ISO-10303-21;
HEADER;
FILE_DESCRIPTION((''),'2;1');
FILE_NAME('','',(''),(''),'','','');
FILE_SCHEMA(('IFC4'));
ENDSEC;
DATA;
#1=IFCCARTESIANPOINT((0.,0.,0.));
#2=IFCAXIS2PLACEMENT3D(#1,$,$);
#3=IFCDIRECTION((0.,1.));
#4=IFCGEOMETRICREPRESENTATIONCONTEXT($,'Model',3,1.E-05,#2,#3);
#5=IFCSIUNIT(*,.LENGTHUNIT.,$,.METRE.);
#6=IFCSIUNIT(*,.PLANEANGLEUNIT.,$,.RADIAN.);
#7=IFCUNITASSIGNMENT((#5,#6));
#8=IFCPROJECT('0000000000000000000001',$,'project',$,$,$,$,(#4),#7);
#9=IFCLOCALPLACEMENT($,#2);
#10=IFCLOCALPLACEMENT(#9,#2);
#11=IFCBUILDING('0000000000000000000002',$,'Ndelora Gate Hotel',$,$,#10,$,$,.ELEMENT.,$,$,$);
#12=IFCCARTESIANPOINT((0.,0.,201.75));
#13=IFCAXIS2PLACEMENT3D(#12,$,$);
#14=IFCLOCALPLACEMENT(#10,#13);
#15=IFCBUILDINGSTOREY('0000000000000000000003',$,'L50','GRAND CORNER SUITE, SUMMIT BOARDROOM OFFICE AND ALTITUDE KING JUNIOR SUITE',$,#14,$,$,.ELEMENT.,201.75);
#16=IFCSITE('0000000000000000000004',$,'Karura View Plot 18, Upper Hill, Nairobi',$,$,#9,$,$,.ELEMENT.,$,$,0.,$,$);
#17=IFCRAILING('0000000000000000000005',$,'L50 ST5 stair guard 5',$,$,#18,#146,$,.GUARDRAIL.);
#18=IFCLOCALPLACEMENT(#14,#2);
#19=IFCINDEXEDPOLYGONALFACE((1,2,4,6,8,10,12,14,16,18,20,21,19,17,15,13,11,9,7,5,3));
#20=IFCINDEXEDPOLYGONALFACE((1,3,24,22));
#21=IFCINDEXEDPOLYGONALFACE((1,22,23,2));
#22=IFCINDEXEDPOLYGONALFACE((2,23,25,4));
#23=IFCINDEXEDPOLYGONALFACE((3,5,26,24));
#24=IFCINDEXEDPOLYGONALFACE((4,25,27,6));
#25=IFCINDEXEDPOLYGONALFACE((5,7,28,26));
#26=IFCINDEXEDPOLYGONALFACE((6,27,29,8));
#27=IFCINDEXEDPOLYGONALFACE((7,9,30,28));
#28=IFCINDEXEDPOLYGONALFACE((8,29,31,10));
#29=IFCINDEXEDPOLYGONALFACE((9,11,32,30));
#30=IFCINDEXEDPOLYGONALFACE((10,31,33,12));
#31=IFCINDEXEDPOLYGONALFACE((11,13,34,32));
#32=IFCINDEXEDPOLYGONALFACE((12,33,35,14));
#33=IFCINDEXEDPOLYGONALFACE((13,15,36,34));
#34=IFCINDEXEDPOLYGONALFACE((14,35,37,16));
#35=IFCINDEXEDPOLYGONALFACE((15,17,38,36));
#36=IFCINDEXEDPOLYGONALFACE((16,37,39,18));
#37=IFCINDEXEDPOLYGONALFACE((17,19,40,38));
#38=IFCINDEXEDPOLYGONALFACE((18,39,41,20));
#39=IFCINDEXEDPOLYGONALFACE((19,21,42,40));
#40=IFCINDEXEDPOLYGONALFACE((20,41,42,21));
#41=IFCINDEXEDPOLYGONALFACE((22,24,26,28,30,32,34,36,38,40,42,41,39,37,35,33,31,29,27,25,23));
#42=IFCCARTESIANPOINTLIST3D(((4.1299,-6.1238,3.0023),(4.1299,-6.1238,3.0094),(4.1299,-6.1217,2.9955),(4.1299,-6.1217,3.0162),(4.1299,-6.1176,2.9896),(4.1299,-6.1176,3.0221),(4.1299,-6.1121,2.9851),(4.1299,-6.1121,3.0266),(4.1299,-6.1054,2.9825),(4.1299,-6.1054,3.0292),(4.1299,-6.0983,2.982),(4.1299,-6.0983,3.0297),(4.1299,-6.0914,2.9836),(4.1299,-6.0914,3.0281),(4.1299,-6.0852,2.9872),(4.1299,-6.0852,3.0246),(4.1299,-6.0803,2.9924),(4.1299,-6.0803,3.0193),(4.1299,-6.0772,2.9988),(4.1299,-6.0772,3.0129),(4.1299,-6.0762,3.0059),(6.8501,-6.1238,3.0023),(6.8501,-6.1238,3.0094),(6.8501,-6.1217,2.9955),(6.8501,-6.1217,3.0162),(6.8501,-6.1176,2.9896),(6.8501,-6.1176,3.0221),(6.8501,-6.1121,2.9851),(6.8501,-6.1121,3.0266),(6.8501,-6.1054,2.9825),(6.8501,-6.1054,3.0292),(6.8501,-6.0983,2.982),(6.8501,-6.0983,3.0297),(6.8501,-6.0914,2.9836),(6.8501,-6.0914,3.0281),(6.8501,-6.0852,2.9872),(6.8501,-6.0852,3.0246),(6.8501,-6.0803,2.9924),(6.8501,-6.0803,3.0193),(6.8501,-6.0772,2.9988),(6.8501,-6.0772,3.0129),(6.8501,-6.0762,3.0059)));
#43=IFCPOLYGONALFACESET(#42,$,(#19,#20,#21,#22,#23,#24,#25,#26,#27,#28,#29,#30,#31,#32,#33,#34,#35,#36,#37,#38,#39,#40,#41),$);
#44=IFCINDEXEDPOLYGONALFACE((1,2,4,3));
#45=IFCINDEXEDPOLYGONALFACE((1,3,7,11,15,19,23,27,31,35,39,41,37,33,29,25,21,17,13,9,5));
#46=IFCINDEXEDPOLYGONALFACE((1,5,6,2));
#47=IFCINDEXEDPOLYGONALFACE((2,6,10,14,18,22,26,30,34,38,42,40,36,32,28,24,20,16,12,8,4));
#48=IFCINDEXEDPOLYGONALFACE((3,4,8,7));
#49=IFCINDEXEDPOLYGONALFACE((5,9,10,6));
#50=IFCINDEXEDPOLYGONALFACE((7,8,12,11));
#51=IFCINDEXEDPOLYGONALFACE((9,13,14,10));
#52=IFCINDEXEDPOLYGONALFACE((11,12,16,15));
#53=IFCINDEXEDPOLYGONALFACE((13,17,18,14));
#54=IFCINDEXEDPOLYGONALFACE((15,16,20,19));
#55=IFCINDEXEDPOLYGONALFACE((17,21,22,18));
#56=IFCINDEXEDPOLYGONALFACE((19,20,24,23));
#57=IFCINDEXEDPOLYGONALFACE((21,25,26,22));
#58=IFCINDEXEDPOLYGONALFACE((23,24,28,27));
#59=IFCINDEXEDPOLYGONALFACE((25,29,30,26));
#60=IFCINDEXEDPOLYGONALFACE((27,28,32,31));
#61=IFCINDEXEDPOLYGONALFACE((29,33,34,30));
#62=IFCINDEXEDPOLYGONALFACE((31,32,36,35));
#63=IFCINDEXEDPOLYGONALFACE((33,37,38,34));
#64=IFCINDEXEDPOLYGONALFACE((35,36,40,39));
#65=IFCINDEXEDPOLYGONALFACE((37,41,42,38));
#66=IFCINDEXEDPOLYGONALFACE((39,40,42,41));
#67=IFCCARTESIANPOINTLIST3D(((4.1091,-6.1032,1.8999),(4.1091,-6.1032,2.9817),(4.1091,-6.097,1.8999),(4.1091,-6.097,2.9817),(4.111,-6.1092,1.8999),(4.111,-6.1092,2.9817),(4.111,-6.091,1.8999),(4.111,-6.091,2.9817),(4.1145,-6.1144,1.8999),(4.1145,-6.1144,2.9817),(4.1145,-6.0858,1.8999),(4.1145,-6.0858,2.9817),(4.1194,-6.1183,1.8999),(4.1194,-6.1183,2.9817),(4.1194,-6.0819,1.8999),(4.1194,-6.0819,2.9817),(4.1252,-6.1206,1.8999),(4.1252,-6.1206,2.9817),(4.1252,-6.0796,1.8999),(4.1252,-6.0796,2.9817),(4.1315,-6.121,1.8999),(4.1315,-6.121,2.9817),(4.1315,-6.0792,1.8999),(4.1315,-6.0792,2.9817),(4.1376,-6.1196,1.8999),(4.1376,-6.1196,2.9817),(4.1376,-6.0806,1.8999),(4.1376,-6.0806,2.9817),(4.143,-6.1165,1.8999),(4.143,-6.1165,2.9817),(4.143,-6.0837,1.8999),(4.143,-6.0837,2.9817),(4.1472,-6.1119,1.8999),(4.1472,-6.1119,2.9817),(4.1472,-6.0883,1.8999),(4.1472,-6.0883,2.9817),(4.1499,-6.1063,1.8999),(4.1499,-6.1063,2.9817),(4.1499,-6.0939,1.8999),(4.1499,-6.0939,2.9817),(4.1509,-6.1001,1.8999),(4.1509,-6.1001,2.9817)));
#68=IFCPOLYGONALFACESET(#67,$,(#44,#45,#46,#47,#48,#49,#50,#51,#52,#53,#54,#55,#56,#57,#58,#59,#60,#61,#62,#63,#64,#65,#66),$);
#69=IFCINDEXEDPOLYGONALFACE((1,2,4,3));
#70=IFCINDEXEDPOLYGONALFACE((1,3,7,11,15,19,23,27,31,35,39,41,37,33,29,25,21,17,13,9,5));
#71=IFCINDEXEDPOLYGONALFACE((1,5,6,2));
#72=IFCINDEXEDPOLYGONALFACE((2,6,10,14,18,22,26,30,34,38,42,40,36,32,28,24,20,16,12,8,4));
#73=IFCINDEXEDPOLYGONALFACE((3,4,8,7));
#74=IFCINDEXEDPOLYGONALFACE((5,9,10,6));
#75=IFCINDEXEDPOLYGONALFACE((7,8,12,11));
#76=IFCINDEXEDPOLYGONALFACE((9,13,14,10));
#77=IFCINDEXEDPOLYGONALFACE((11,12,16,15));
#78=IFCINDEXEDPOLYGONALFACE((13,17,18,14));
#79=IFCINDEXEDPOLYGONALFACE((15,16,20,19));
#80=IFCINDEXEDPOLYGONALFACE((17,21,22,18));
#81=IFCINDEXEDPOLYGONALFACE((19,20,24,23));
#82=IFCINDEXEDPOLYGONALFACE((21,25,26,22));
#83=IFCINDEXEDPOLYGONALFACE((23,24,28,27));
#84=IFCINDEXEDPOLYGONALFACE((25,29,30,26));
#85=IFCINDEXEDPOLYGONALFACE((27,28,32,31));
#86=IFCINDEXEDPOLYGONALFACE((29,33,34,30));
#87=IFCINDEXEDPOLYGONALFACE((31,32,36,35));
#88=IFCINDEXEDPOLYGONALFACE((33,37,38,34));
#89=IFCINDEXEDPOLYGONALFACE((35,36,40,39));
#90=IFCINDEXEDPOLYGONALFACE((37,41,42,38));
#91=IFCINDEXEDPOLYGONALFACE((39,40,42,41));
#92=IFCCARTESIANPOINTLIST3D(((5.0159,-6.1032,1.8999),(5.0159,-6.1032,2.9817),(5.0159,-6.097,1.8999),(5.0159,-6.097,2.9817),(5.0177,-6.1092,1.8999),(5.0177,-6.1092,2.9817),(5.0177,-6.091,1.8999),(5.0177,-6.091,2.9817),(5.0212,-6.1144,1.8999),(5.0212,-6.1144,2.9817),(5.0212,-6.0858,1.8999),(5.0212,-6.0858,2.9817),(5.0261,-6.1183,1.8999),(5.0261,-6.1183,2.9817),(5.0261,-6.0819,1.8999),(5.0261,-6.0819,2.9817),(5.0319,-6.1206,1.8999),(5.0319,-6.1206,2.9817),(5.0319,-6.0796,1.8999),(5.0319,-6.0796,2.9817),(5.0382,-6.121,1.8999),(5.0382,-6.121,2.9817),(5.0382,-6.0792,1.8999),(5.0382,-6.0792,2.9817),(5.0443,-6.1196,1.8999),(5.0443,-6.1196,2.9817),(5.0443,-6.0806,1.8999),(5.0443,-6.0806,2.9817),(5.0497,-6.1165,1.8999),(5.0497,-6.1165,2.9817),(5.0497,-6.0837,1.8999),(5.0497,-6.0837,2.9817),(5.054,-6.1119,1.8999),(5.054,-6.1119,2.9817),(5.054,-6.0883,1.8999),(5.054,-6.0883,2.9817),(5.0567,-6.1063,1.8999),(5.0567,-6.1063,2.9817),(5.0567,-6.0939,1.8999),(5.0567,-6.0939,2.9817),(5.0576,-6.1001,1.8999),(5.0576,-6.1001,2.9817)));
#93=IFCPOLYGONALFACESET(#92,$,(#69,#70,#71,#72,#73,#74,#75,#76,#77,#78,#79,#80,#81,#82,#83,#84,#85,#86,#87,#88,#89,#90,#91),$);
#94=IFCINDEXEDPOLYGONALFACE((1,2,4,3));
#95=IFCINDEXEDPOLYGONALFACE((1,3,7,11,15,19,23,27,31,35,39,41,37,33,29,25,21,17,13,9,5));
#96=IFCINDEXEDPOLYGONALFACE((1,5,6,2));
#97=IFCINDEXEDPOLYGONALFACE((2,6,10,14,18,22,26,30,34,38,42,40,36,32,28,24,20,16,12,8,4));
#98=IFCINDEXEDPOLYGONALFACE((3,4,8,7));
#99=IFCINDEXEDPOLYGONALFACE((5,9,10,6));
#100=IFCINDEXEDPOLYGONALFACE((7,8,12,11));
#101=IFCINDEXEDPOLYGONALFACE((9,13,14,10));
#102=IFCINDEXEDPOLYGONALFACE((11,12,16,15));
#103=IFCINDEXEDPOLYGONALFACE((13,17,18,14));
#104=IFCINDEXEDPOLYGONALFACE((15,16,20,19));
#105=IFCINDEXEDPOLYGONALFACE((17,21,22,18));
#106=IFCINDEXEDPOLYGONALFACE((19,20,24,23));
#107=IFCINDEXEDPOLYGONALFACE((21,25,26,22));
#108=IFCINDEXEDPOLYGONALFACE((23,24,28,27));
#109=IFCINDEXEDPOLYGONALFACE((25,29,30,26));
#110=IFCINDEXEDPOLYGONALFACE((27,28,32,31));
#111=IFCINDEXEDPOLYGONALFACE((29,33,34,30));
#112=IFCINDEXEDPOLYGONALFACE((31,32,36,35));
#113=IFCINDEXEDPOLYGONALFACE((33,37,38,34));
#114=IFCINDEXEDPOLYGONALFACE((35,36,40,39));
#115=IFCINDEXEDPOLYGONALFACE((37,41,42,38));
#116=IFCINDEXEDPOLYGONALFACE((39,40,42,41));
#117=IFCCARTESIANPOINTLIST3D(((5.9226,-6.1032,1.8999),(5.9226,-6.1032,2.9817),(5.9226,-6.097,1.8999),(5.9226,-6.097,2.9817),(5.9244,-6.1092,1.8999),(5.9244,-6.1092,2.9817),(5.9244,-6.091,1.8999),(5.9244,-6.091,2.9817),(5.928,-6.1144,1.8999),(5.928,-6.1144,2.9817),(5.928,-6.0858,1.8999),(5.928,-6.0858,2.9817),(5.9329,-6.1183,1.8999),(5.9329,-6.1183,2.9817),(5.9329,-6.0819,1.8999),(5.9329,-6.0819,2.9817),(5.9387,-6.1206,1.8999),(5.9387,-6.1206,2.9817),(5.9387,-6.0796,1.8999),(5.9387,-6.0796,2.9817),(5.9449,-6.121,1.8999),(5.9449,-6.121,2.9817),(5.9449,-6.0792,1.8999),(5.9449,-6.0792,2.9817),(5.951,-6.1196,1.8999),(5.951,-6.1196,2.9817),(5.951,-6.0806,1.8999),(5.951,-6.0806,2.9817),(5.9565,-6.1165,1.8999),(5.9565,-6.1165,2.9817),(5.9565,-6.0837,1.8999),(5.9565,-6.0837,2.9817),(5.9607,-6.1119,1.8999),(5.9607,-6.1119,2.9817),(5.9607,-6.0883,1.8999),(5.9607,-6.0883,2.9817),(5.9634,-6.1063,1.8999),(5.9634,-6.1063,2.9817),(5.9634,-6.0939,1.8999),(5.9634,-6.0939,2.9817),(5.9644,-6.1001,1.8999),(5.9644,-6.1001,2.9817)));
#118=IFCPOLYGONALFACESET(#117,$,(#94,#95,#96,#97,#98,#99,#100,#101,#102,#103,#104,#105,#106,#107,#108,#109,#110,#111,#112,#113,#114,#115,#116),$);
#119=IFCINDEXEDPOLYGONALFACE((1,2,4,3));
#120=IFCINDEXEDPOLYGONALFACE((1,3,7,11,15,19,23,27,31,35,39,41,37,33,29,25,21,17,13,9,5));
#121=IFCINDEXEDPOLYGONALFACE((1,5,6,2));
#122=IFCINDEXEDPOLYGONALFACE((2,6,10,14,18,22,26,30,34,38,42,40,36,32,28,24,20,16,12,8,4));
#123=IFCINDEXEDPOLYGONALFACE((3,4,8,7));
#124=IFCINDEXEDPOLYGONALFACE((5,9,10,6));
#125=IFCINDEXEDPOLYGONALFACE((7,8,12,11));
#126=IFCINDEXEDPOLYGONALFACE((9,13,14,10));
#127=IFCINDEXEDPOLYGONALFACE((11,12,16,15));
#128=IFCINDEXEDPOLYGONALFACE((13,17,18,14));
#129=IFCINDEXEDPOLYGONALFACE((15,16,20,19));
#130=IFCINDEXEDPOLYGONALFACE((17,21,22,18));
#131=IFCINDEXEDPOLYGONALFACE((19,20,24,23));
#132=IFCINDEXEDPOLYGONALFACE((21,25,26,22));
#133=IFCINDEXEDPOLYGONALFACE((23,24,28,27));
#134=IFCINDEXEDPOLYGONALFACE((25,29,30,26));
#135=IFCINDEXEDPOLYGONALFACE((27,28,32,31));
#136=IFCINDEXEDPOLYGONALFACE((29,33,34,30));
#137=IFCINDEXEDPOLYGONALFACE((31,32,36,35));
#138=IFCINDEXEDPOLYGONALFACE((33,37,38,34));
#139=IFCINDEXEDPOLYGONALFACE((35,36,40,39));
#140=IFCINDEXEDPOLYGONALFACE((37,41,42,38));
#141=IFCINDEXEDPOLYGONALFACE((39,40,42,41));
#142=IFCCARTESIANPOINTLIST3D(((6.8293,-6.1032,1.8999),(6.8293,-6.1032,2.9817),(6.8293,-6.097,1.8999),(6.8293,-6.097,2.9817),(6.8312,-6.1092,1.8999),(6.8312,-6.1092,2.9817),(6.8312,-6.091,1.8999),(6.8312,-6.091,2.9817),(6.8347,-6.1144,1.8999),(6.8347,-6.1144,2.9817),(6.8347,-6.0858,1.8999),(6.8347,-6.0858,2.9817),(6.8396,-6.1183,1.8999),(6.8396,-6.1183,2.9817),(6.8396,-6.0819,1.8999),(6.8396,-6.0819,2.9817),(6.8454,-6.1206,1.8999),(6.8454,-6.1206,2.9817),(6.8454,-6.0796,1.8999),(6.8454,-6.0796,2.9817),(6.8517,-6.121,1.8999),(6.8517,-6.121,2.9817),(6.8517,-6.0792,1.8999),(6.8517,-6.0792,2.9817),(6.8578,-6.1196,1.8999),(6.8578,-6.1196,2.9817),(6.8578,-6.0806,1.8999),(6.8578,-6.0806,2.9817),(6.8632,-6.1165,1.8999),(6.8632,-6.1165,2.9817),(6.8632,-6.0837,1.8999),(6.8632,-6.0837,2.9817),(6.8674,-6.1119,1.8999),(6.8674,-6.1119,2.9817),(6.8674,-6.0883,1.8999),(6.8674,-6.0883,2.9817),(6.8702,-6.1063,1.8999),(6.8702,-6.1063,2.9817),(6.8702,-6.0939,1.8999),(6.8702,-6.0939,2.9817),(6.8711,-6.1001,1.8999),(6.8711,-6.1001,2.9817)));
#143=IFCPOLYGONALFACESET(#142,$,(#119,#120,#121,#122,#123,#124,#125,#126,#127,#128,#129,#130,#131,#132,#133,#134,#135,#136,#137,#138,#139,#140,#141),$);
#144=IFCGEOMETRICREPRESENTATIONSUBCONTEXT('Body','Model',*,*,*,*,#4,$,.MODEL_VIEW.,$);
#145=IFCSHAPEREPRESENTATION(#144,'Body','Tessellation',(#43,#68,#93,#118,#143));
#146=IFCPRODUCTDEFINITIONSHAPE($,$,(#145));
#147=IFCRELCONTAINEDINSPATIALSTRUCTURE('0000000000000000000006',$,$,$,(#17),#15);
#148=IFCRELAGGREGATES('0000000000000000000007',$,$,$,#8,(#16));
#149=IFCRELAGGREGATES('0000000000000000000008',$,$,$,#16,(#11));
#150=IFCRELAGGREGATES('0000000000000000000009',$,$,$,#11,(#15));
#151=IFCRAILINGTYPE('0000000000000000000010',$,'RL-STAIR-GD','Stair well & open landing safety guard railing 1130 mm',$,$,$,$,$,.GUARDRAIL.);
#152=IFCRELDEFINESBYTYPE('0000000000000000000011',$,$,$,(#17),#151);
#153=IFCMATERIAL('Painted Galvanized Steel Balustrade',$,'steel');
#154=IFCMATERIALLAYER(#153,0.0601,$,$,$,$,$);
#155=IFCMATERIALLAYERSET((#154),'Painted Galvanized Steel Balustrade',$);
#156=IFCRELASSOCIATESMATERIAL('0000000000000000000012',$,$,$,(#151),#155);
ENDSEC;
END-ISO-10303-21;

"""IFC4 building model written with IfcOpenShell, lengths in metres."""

from ifc_helpers import new_model, si_unit, direction, frame, origin, origin_2d, place, context, subcontext, project, spatial, circle, extrude, material, layer, layer_set, type_object, element, save


model = new_model("IFC4")

# Units and contexts
model_context = context("Model", 3, precision=1e-05, world=origin(), true_north=direction((0.0, 1.0)))
body_context = subcontext(model_context, "Body", "Model", "MODEL_VIEW")
ifc_project = project(units=[si_unit("LENGTHUNIT", "METRE"), si_unit("PLANEANGLEUNIT", "RADIAN")], contexts=[model_context])

# Site, building, storey
site_placement = place(None, origin())
site = spatial("IfcSite", under=ifc_project, at=site_placement, Name="Karura View Plot 18, Upper Hill, Nairobi", CompositionType="ELEMENT", RefElevation=0.0)
building_placement = place(site_placement, origin())
building = spatial("IfcBuilding", under=site, at=building_placement, Name="Ndelora Gate Hotel", CompositionType="ELEMENT")
storey_placement = place(building_placement, frame((0.0, 0.0, 201.75)))
storey = spatial("IfcBuildingStorey", under=building, at=storey_placement, Name="L50", Description="GRAND CORNER SUITE, SUMMIT BOARDROOM OFFICE AND ALTITUDE KING JUNIOR SUITE", CompositionType="ELEMENT", Elevation=201.75)

# Railing
ifc_material_1 = material(Name="Painted Galvanized Steel Balustrade", Category="steel")
ifc_layer_1 = layer(ifc_material_1, 0.0601)
ifc_layer_set_1 = layer_set([ifc_layer_1], Name="Painted Galvanized Steel Balustrade")
railing_type_1 = type_object("IfcRailingType", Name="RL-STAIR-GD", Description="Stair well & open landing safety guard railing 1130 mm", PredefinedType="GUARDRAIL", material=ifc_layer_set_1)
railing_1_placement = place(storey_placement, frame((4.1299, -6.1001, 1.8999)))
element("IfcRailing", 1, at=railing_1_placement, inside=storey, type_object=railing_type_1, Name="L50 ST5 stair guard 5", PredefinedType="GUARDRAIL", context=body_context, shape_type="SweptSolid", body=[
    extrude(circle(Radius=0.0239, at=origin_2d()), frame((0.0, 0.0, 1.106), z_axis=(1.0, 0.0, 0.0), x_axis=(0.0, 1.0, 0.0)), (0.0, 0.0, 1.0), 2.7202),
    extrude(circle(Radius=0.021, at=origin_2d()), origin(), (0.0, 0.0, 1.0), 1.0818),
    extrude(circle(Radius=0.021, at=origin_2d()), frame((0.9067, 0.0, 0.0)), (0.0, 0.0, 1.0), 1.0818),
    extrude(circle(Radius=0.021, at=origin_2d()), frame((1.8135, 0.0, 0.0)), (0.0, 0.0, 1.0), 1.0818),
    extrude(circle(Radius=0.021, at=origin_2d()), frame((2.7202, 0.0, 0.0)), (0.0, 0.0, 1.0), 1.0818),
])

save(model, "model.ifc")
